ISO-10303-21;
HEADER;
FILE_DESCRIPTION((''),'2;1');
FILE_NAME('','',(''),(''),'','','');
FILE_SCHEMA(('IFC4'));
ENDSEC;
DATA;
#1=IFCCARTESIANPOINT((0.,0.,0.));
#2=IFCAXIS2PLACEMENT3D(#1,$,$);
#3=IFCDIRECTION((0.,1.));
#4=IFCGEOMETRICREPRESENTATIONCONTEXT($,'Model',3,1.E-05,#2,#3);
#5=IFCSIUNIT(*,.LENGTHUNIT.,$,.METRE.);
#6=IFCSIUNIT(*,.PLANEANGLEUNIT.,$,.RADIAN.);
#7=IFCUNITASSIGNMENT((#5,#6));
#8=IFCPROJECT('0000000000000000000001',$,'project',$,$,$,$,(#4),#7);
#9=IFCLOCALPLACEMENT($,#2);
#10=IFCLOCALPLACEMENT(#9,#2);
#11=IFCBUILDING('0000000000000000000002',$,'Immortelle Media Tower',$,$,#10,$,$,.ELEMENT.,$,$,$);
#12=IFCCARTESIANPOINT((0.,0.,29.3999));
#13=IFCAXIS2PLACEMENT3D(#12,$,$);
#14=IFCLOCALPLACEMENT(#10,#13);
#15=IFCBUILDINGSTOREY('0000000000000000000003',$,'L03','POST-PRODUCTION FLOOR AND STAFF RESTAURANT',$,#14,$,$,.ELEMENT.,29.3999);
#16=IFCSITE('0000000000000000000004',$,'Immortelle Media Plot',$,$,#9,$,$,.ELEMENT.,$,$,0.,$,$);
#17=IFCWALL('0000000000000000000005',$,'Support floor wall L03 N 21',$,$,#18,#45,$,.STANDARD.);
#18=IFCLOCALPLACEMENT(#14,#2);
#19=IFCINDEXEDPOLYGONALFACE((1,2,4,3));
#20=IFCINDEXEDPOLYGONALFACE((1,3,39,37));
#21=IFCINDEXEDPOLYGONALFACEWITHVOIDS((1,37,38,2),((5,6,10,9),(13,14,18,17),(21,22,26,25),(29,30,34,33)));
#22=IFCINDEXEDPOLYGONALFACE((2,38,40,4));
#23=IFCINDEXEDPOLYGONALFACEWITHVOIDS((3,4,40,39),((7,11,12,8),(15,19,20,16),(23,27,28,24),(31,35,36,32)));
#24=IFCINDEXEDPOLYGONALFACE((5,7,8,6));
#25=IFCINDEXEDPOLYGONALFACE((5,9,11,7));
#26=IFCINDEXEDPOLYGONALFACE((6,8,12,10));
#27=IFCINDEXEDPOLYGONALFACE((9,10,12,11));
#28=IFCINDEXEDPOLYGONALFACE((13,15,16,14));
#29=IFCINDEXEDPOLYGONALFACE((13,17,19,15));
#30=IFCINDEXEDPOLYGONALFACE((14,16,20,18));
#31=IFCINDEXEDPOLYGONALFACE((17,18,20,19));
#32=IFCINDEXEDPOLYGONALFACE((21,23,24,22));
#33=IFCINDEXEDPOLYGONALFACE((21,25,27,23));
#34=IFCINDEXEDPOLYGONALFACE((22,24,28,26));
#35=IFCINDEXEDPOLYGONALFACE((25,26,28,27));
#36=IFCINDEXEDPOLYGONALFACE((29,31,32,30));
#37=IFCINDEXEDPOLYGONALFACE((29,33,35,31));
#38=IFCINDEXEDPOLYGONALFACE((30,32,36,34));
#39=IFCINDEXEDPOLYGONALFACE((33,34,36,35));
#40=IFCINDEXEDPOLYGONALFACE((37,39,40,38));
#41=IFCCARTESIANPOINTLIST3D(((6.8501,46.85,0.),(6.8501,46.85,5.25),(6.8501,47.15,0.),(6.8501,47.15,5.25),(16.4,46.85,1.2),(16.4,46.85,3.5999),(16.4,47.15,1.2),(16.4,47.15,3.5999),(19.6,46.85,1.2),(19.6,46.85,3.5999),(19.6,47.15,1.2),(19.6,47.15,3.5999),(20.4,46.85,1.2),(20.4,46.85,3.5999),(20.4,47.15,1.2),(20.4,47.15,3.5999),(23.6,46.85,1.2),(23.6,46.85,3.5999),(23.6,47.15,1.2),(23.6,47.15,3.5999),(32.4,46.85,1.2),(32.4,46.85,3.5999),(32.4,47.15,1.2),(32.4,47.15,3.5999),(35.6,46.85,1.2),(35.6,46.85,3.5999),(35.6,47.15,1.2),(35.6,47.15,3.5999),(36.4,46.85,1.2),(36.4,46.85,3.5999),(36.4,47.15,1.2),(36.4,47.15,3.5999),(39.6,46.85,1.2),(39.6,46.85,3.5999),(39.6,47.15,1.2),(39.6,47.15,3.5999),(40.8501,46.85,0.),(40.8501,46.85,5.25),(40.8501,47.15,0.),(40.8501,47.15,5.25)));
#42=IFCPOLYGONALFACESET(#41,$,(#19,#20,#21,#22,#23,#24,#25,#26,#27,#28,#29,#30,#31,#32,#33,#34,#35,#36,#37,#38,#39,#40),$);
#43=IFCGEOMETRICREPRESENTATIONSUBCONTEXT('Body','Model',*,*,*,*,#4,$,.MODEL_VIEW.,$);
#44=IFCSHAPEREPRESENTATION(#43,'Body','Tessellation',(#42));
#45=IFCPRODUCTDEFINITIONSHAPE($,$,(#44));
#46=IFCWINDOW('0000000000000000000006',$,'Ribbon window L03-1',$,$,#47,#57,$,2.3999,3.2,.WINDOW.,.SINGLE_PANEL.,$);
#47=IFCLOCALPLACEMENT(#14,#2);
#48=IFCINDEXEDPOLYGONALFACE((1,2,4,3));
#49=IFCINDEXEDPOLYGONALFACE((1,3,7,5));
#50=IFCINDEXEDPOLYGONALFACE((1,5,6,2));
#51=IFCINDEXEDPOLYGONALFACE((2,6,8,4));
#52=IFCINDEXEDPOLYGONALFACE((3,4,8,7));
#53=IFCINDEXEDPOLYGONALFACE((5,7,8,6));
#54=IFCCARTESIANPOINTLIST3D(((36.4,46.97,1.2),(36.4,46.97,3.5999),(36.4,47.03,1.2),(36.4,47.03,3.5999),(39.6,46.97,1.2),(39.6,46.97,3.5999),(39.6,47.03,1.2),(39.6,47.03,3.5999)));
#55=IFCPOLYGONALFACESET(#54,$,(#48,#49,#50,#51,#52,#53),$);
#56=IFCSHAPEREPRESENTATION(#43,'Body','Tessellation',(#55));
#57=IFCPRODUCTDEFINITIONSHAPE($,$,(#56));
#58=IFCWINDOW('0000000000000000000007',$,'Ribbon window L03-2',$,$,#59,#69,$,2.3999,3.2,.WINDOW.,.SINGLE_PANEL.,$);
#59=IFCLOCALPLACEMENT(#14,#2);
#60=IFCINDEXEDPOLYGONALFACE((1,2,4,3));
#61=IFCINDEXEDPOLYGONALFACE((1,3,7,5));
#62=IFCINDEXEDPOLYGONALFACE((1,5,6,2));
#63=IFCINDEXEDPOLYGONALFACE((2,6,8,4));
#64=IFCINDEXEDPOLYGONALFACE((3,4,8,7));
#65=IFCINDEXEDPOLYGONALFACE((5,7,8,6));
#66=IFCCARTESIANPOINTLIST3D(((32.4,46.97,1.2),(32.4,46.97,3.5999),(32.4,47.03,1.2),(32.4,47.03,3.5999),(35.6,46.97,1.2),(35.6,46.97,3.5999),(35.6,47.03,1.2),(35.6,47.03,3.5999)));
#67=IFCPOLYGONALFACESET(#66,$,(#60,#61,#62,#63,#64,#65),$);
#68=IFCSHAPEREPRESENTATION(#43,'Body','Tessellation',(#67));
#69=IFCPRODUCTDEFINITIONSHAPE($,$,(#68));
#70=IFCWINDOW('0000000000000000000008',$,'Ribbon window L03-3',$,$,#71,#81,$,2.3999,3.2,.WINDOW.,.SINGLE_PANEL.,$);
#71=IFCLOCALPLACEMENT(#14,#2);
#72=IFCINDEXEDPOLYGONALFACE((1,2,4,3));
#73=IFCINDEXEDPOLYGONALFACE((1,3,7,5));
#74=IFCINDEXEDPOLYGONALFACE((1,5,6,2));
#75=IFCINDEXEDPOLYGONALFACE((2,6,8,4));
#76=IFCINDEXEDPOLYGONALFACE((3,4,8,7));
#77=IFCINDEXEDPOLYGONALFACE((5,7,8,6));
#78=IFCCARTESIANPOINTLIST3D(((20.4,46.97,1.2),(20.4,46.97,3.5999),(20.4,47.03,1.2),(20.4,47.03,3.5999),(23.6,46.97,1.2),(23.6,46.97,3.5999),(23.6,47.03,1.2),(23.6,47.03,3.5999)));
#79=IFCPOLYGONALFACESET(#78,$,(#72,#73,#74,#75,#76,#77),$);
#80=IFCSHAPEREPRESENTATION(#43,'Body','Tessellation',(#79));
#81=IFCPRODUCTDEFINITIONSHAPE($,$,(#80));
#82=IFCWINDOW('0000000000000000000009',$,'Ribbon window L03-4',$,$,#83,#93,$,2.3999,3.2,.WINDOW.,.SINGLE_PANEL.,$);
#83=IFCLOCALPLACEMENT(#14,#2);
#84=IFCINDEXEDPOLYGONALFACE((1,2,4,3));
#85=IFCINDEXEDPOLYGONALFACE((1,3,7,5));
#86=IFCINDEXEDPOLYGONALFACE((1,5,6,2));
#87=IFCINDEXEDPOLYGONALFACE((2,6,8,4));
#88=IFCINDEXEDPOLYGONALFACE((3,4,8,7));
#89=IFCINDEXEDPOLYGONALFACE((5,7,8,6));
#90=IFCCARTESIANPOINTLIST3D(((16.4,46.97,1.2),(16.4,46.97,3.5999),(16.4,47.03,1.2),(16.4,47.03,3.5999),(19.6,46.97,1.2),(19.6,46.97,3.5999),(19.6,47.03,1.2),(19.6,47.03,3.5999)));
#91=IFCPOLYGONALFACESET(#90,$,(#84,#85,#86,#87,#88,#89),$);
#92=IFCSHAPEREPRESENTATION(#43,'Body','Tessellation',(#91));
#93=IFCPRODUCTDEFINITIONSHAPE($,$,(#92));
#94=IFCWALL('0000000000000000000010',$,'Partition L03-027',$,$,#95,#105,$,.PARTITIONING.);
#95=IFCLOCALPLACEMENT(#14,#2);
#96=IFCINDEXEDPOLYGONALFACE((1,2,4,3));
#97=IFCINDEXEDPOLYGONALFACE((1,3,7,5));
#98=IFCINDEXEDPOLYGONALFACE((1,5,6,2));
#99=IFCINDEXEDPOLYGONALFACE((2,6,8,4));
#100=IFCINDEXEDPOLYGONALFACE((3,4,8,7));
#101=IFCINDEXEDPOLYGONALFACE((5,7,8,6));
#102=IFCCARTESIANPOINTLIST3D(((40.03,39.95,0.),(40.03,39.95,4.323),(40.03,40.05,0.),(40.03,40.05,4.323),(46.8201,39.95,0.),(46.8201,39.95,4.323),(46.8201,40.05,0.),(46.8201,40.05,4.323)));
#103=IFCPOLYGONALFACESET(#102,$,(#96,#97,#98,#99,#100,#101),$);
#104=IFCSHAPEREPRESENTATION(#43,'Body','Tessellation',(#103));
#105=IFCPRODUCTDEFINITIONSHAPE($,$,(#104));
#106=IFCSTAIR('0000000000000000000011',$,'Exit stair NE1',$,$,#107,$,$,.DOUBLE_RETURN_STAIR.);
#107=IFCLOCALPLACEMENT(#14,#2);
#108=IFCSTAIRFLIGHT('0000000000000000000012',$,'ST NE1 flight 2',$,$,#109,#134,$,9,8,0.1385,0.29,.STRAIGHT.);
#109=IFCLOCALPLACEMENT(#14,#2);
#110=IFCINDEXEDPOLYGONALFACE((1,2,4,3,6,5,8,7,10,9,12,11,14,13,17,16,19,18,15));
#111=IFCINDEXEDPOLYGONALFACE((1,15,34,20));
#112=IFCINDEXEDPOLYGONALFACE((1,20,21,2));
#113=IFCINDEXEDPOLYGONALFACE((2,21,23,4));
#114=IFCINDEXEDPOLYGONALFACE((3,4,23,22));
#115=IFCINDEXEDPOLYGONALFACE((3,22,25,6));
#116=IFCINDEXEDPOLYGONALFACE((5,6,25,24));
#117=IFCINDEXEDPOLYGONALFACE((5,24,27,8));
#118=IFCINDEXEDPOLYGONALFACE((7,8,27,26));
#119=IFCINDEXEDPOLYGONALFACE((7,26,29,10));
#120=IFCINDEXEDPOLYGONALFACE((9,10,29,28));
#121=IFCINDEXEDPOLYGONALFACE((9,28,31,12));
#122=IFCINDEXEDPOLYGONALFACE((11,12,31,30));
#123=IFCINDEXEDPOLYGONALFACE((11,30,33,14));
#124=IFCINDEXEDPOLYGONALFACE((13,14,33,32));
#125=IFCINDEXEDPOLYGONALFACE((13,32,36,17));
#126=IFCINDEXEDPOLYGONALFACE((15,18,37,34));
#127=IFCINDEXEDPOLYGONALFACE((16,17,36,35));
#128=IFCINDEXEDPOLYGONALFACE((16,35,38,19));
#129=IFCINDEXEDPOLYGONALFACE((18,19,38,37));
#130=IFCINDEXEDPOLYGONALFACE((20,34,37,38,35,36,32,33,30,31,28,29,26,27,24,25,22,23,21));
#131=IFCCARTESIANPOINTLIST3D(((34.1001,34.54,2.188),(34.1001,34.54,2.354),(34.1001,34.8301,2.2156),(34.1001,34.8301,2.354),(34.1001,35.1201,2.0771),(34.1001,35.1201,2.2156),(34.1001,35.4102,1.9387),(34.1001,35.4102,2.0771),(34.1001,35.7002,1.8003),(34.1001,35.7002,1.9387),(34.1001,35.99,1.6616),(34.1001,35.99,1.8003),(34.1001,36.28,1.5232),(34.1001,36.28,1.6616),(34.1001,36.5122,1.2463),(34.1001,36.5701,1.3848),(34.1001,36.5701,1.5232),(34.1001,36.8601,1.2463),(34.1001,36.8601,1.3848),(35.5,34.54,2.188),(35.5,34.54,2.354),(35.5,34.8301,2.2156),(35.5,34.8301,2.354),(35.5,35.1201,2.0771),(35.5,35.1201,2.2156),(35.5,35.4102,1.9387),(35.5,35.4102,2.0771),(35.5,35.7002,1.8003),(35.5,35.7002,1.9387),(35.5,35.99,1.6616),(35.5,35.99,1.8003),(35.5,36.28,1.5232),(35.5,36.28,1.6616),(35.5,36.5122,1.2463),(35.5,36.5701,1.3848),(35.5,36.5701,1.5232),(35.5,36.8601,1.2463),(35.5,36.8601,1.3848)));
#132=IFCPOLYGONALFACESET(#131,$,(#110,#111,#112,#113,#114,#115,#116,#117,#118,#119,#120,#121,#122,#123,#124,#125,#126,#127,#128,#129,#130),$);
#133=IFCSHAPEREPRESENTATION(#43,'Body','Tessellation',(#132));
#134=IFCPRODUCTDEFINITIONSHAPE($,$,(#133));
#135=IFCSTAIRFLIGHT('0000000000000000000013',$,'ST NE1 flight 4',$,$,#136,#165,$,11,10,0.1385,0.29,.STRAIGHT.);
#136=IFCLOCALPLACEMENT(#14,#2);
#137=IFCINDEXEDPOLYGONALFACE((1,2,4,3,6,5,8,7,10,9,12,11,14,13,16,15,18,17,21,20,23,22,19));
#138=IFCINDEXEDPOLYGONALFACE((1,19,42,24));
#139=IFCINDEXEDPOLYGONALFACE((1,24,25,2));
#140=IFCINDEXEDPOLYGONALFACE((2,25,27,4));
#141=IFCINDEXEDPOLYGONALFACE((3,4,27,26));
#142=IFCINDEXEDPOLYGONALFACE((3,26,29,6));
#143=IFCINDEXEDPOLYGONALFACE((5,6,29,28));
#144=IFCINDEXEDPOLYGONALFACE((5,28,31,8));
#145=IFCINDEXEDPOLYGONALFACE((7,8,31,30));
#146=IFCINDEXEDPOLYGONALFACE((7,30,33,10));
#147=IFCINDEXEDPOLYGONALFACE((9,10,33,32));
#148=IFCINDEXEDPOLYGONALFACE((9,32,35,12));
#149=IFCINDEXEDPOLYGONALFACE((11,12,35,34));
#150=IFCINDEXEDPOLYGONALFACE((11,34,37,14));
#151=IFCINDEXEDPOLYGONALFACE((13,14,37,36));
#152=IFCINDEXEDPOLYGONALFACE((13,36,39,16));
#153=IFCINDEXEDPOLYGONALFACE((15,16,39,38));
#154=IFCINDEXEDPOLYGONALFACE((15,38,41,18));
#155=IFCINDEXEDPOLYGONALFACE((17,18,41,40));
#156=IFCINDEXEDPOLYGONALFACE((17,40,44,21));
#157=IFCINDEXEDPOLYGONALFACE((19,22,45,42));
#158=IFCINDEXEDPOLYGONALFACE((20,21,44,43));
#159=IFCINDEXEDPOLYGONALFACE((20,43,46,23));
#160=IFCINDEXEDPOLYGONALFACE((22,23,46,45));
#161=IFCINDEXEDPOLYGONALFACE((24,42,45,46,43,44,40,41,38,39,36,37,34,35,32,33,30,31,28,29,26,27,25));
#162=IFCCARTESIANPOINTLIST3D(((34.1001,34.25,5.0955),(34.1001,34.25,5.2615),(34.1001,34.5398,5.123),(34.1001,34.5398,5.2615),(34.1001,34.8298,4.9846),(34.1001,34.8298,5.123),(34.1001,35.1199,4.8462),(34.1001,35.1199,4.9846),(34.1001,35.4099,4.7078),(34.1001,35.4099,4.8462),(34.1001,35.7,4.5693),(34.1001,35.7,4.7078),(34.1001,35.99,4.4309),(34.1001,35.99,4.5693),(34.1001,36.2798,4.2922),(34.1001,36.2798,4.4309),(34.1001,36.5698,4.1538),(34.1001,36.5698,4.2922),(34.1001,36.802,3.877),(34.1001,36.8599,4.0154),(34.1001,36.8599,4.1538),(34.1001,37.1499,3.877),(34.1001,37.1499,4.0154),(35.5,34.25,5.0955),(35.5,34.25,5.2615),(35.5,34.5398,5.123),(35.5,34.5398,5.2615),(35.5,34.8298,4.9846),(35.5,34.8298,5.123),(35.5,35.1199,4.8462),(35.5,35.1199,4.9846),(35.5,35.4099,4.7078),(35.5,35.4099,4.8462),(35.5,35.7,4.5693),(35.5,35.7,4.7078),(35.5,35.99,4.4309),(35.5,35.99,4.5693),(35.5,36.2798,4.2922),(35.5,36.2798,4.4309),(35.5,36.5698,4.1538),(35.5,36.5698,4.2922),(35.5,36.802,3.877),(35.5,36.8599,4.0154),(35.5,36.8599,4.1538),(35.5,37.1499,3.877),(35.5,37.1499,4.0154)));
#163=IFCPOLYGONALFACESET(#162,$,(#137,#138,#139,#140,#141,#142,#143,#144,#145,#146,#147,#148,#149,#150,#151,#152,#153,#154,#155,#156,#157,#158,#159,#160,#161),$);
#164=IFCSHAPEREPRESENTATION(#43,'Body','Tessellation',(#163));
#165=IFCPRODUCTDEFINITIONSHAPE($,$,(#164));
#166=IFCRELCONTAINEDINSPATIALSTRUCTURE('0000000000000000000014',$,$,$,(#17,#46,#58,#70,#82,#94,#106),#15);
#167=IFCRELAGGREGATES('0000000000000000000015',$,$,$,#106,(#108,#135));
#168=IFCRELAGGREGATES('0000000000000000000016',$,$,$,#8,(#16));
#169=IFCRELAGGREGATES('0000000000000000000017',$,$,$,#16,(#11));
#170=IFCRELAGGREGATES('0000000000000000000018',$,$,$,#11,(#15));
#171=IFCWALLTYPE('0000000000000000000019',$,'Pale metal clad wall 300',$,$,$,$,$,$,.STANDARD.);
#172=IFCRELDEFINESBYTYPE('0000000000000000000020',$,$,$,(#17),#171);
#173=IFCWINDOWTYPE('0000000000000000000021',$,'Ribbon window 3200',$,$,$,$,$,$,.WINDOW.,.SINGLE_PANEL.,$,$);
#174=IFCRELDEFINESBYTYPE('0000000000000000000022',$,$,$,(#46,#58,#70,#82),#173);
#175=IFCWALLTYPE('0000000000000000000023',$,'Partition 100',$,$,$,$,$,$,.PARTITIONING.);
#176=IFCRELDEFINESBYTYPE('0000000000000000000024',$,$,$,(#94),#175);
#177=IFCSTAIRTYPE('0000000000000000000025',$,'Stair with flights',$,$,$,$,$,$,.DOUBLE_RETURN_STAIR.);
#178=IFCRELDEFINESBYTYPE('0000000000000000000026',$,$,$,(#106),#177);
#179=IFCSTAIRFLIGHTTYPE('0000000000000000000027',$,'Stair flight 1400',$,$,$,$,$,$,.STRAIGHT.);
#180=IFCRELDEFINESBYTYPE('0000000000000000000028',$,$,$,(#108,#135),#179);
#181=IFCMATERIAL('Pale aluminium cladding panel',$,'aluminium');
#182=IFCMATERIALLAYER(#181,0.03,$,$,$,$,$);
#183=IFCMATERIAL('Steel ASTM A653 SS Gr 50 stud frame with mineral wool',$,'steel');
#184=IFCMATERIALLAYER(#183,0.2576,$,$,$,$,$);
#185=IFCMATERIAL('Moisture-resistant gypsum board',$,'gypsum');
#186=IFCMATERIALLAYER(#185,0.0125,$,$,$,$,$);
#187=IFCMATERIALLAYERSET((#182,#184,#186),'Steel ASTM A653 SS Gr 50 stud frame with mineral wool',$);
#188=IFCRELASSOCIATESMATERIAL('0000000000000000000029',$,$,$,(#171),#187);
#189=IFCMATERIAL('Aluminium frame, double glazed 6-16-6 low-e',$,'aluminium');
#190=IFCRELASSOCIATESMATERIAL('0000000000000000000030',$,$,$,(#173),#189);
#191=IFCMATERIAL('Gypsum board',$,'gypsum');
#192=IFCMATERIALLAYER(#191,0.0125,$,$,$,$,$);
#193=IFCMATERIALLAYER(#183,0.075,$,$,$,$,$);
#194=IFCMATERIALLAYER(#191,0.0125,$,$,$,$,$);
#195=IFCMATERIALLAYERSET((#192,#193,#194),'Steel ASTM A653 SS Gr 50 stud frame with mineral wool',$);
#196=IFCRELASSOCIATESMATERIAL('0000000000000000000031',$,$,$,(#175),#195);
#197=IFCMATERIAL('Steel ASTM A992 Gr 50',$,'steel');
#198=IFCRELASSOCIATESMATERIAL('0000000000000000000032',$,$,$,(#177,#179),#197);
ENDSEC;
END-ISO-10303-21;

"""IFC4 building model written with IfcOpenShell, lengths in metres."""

from ifc_helpers import new_model, si_unit, direction, frame, frame_2d, origin, place, context, subcontext, project, spatial, polyline, rectangle, outline, extrude, material, layer, layer_set, type_object, element, fill, aggregate, save


model = new_model("IFC4")

# Units and contexts
model_context = context("Model", 3, precision=1e-05, world=origin(), true_north=direction((0.0, 1.0)))
body_context = subcontext(model_context, "Body", "Model", "MODEL_VIEW")
ifc_project = project(units=[si_unit("LENGTHUNIT", "METRE"), si_unit("PLANEANGLEUNIT", "RADIAN")], contexts=[model_context])

# Site, building, storey
site_placement = place(None, origin())
site = spatial("IfcSite", under=ifc_project, at=site_placement, Name="Immortelle Media Plot", CompositionType="ELEMENT", RefElevation=0.0)
building_placement = place(site_placement, origin())
building = spatial("IfcBuilding", under=site, at=building_placement, Name="Immortelle Media Tower", CompositionType="ELEMENT")
storey_placement = place(building_placement, frame((0.0, 0.0, 29.3999)))
storey = spatial("IfcBuildingStorey", under=building, at=storey_placement, Name="L03", Description="POST-PRODUCTION FLOOR AND STAFF RESTAURANT", CompositionType="ELEMENT", Elevation=29.3999)

# Shared definitions
ifc_material_1 = material(Name="Steel ASTM A992 Gr 50", Category="steel")

# Shared definitions
ifc_material_2 = material(Name="Pale aluminium cladding panel", Category="aluminium")
ifc_layer_1 = layer(ifc_material_2, 0.03)
ifc_material_3 = material(Name="Steel ASTM A653 SS Gr 50 stud frame with mineral wool", Category="steel")
ifc_layer_2 = layer(ifc_material_3, 0.2576)
ifc_material_4 = material(Name="Moisture-resistant gypsum board", Category="gypsum")
ifc_layer_3 = layer(ifc_material_4, 0.0125)
ifc_layer_set_1 = layer_set([ifc_layer_1, ifc_layer_2, ifc_layer_3], Name="Steel ASTM A653 SS Gr 50 stud frame with mineral wool")
wall_type_1 = type_object("IfcWallType", Name="Pale metal clad wall 300", PredefinedType="STANDARD", material=ifc_layer_set_1)

# Wall, openings, windows
wall_1_placement = place(storey_placement, frame((40.8501, 47.0, 0.0), z_axis=(0.0, 0.0, 1.0), x_axis=(-1.0, 0.0, 0.0)))
wall_1 = element("IfcWall", 1, at=wall_1_placement, inside=storey, type_object=wall_type_1, Name="Support floor wall L03 N 21", PredefinedType="STANDARD", context=body_context, shape_type="SweptSolid", body=[
    extrude(rectangle(XDim=34.0, YDim=0.3, at=frame_2d((17.0, 0.0))), origin(), (0.0, 0.0, 1.0), 5.25),
])
opening_1_placement = place(wall_1_placement, frame((1.25, 0.0, 1.2)))
opening_1 = element("IfcOpeningElement", 2, at=opening_1_placement, cuts=wall_1, PredefinedType="OPENING", context=body_context, shape_type="SweptSolid", body=[
    extrude(rectangle(XDim=3.2, YDim=2.3999, at=frame_2d((1.6001, 1.2))), frame((0.0, 0.1599, 0.0), z_axis=(0.0, -1.0, 0.0), x_axis=(1.0, 0.0, 0.0)), (0.0, 0.0, 1.0), 0.3201),
])
opening_2_placement = place(wall_1_placement, frame((5.25, 0.0, 1.2)))
opening_2 = element("IfcOpeningElement", 3, at=opening_2_placement, cuts=wall_1, PredefinedType="OPENING", context=body_context, shape_type="SweptSolid", body=[
    extrude(rectangle(XDim=3.2, YDim=2.3999, at=frame_2d((1.6001, 1.2))), frame((0.0, 0.1599, 0.0), z_axis=(0.0, -1.0, 0.0), x_axis=(1.0, 0.0, 0.0)), (0.0, 0.0, 1.0), 0.3201),
])
opening_3_placement = place(wall_1_placement, frame((17.25, 0.0, 1.2)))
opening_3 = element("IfcOpeningElement", 4, at=opening_3_placement, cuts=wall_1, PredefinedType="OPENING", context=body_context, shape_type="SweptSolid", body=[
    extrude(rectangle(XDim=3.2, YDim=2.3999, at=frame_2d((1.6001, 1.2))), frame((0.0, 0.1599, 0.0), z_axis=(0.0, -1.0, 0.0), x_axis=(1.0, 0.0, 0.0)), (0.0, 0.0, 1.0), 0.3201),
])
opening_4_placement = place(wall_1_placement, frame((21.25, 0.0, 1.2)))
opening_4 = element("IfcOpeningElement", 5, at=opening_4_placement, cuts=wall_1, PredefinedType="OPENING", context=body_context, shape_type="SweptSolid", body=[
    extrude(rectangle(XDim=3.2, YDim=2.3999, at=frame_2d((1.6001, 1.2))), frame((0.0, 0.1599, 0.0), z_axis=(0.0, -1.0, 0.0), x_axis=(1.0, 0.0, 0.0)), (0.0, 0.0, 1.0), 0.3201),
])
ifc_material_5 = material(Name="Aluminium frame, double glazed 6-16-6 low-e", Category="aluminium")
window_type = type_object("IfcWindowType", Name="Ribbon window 3200", PartitioningType="SINGLE_PANEL", PredefinedType="WINDOW", material=ifc_material_5)
window_1_placement = place(opening_1_placement, origin())
window_1 = element("IfcWindow", 6, at=window_1_placement, inside=storey, type_object=window_type, Name="Ribbon window L03-1", OverallHeight=2.3999, OverallWidth=3.2, PartitioningType="SINGLE_PANEL", PredefinedType="WINDOW", context=body_context, shape_type="SweptSolid", body=[
    extrude(rectangle(XDim=3.2, YDim=2.3999, at=frame_2d((1.6001, 1.2))), frame((0.0, 0.03, 0.0), z_axis=(0.0, -1.0, 0.0), x_axis=(1.0, 0.0, 0.0)), (0.0, 0.0, 1.0), 0.0601),
])
fill(opening_1, window_1)
window_2_placement = place(opening_2_placement, origin())
window_2 = element("IfcWindow", 7, at=window_2_placement, inside=storey, type_object=window_type, Name="Ribbon window L03-2", OverallHeight=2.3999, OverallWidth=3.2, PartitioningType="SINGLE_PANEL", PredefinedType="WINDOW", context=body_context, shape_type="SweptSolid", body=[
    extrude(rectangle(XDim=3.2, YDim=2.3999, at=frame_2d((1.6001, 1.2))), frame((0.0, 0.03, 0.0), z_axis=(0.0, -1.0, 0.0), x_axis=(1.0, 0.0, 0.0)), (0.0, 0.0, 1.0), 0.0601),
])
fill(opening_2, window_2)
window_3_placement = place(opening_3_placement, origin())
window_3 = element("IfcWindow", 8, at=window_3_placement, inside=storey, type_object=window_type, Name="Ribbon window L03-3", OverallHeight=2.3999, OverallWidth=3.2, PartitioningType="SINGLE_PANEL", PredefinedType="WINDOW", context=body_context, shape_type="SweptSolid", body=[
    extrude(rectangle(XDim=3.2, YDim=2.3999, at=frame_2d((1.6001, 1.2))), frame((0.0, 0.03, 0.0), z_axis=(0.0, -1.0, 0.0), x_axis=(1.0, 0.0, 0.0)), (0.0, 0.0, 1.0), 0.0601),
])
fill(opening_3, window_3)
window_4_placement = place(opening_4_placement, origin())
window_4 = element("IfcWindow", 9, at=window_4_placement, inside=storey, type_object=window_type, Name="Ribbon window L03-4", OverallHeight=2.3999, OverallWidth=3.2, PartitioningType="SINGLE_PANEL", PredefinedType="WINDOW", context=body_context, shape_type="SweptSolid", body=[
    extrude(rectangle(XDim=3.2, YDim=2.3999, at=frame_2d((1.6001, 1.2))), frame((0.0, 0.03, 0.0), z_axis=(0.0, -1.0, 0.0), x_axis=(1.0, 0.0, 0.0)), (0.0, 0.0, 1.0), 0.0601),
])
fill(opening_4, window_4)

# Wall
ifc_material_6 = material(Name="Gypsum board", Category="gypsum")
ifc_layer_4 = layer(ifc_material_6, 0.0125)
ifc_layer_5 = layer(ifc_material_3, 0.075)
ifc_layer_6 = layer(ifc_material_6, 0.0125)
ifc_layer_set_2 = layer_set([ifc_layer_4, ifc_layer_5, ifc_layer_6], Name="Steel ASTM A653 SS Gr 50 stud frame with mineral wool")
wall_type_2 = type_object("IfcWallType", Name="Partition 100", PredefinedType="PARTITIONING", material=ifc_layer_set_2)
wall_2_placement = place(storey_placement, frame((40.03, 40.0, 0.0), z_axis=(0.0, 0.0, 1.0), x_axis=(1.0, 0.0, 0.0)))
element("IfcWall", 10, at=wall_2_placement, inside=storey, type_object=wall_type_2, Name="Partition L03-027", PredefinedType="PARTITIONING", context=body_context, shape_type="SweptSolid", body=[
    extrude(rectangle(XDim=6.79, YDim=0.1001, at=frame_2d((3.395, 0.0))), origin(), (0.0, 0.0, 1.0), 4.323),
])

# Stair, stair flights
stair_type = type_object("IfcStairType", Name="Stair with flights", PredefinedType="DOUBLE_RETURN_STAIR", material=ifc_material_1)
stair_1_placement = place(storey_placement, origin())
stair_1 = element("IfcStair", 11, at=stair_1_placement, inside=storey, type_object=stair_type, Name="Exit stair NE1", PredefinedType="DOUBLE_RETURN_STAIR")
stair_flight_type = type_object("IfcStairFlightType", Name="Stair flight 1400", PredefinedType="STRAIGHT", material=ifc_material_1)
stair_flight_1_placement = place(storey_placement, frame((34.8, 36.8601, 1.2463), z_axis=(0.0, 0.0, 1.0), x_axis=(0.0, -1.0, 0.0)))
stair_flight_1 = element("IfcStairFlight", 12, at=stair_flight_1_placement, type_object=stair_flight_type, Name="ST NE1 flight 2", NumberOfRisers=9, NumberOfTreads=8, PredefinedType="STRAIGHT", RiserHeight=0.1385, TreadLength=0.29, context=body_context, shape_type="SweptSolid", body=[
    extrude(outline(polyline([(0.0, 0.0), (0.0, 0.1384), (0.29, 0.1384), (0.29, 0.2769), (0.5801, 0.2769), (0.5801, 0.4153), (0.8701, 0.4153), (0.8701, 0.554), (1.1599, 0.554), (1.1599, 0.6924), (1.45, 0.6924), (1.45, 0.8308), (1.74, 0.8308), (1.74, 0.9692), (2.03, 0.9692), (2.03, 1.1077), (2.3201, 1.1077), (2.3201, 1.2461), (2.3201, 0.9417), (0.3479, 0.0), (0.0, 0.0)])), frame((0.0, 0.7, 0.0), z_axis=(0.0, -1.0, 0.0), x_axis=(1.0, 0.0, 0.0)), (0.0, 0.0, 1.0), 1.3999),
])
stair_flight_2_placement = place(storey_placement, frame((34.8, 37.1499, 3.877), z_axis=(0.0, 0.0, 1.0), x_axis=(0.0, -1.0, 0.0)))
stair_flight_2 = element("IfcStairFlight", 13, at=stair_flight_2_placement, type_object=stair_flight_type, Name="ST NE1 flight 4", NumberOfRisers=11, NumberOfTreads=10, PredefinedType="STRAIGHT", RiserHeight=0.1385, TreadLength=0.29, context=body_context, shape_type="SweptSolid", body=[
    extrude(outline(polyline([(0.0, 0.0), (0.0, 0.1384), (0.29, 0.1384), (0.29, 0.2769), (0.5801, 0.2769), (0.5801, 0.4153), (0.8701, 0.4153), (0.8701, 0.554), (1.1599, 0.554), (1.1599, 0.6924), (1.45, 0.6924), (1.45, 0.8308), (1.74, 0.8308), (1.74, 0.9692), (2.03, 0.9692), (2.03, 1.1077), (2.3201, 1.1077), (2.3201, 1.2461), (2.6101, 1.2461), (2.6101, 1.3845), (2.8999, 1.3845), (2.8999, 1.5232), (2.8999, 1.2185), (0.3479, 0.0), (0.0, 0.0)])), frame((0.0, 0.7, 0.0), z_axis=(0.0, -1.0, 0.0), x_axis=(1.0, 0.0, 0.0)), (0.0, 0.0, 1.0), 1.3999),
])
aggregate(stair_1, [stair_flight_1, stair_flight_2])

save(model, "model.ifc")
